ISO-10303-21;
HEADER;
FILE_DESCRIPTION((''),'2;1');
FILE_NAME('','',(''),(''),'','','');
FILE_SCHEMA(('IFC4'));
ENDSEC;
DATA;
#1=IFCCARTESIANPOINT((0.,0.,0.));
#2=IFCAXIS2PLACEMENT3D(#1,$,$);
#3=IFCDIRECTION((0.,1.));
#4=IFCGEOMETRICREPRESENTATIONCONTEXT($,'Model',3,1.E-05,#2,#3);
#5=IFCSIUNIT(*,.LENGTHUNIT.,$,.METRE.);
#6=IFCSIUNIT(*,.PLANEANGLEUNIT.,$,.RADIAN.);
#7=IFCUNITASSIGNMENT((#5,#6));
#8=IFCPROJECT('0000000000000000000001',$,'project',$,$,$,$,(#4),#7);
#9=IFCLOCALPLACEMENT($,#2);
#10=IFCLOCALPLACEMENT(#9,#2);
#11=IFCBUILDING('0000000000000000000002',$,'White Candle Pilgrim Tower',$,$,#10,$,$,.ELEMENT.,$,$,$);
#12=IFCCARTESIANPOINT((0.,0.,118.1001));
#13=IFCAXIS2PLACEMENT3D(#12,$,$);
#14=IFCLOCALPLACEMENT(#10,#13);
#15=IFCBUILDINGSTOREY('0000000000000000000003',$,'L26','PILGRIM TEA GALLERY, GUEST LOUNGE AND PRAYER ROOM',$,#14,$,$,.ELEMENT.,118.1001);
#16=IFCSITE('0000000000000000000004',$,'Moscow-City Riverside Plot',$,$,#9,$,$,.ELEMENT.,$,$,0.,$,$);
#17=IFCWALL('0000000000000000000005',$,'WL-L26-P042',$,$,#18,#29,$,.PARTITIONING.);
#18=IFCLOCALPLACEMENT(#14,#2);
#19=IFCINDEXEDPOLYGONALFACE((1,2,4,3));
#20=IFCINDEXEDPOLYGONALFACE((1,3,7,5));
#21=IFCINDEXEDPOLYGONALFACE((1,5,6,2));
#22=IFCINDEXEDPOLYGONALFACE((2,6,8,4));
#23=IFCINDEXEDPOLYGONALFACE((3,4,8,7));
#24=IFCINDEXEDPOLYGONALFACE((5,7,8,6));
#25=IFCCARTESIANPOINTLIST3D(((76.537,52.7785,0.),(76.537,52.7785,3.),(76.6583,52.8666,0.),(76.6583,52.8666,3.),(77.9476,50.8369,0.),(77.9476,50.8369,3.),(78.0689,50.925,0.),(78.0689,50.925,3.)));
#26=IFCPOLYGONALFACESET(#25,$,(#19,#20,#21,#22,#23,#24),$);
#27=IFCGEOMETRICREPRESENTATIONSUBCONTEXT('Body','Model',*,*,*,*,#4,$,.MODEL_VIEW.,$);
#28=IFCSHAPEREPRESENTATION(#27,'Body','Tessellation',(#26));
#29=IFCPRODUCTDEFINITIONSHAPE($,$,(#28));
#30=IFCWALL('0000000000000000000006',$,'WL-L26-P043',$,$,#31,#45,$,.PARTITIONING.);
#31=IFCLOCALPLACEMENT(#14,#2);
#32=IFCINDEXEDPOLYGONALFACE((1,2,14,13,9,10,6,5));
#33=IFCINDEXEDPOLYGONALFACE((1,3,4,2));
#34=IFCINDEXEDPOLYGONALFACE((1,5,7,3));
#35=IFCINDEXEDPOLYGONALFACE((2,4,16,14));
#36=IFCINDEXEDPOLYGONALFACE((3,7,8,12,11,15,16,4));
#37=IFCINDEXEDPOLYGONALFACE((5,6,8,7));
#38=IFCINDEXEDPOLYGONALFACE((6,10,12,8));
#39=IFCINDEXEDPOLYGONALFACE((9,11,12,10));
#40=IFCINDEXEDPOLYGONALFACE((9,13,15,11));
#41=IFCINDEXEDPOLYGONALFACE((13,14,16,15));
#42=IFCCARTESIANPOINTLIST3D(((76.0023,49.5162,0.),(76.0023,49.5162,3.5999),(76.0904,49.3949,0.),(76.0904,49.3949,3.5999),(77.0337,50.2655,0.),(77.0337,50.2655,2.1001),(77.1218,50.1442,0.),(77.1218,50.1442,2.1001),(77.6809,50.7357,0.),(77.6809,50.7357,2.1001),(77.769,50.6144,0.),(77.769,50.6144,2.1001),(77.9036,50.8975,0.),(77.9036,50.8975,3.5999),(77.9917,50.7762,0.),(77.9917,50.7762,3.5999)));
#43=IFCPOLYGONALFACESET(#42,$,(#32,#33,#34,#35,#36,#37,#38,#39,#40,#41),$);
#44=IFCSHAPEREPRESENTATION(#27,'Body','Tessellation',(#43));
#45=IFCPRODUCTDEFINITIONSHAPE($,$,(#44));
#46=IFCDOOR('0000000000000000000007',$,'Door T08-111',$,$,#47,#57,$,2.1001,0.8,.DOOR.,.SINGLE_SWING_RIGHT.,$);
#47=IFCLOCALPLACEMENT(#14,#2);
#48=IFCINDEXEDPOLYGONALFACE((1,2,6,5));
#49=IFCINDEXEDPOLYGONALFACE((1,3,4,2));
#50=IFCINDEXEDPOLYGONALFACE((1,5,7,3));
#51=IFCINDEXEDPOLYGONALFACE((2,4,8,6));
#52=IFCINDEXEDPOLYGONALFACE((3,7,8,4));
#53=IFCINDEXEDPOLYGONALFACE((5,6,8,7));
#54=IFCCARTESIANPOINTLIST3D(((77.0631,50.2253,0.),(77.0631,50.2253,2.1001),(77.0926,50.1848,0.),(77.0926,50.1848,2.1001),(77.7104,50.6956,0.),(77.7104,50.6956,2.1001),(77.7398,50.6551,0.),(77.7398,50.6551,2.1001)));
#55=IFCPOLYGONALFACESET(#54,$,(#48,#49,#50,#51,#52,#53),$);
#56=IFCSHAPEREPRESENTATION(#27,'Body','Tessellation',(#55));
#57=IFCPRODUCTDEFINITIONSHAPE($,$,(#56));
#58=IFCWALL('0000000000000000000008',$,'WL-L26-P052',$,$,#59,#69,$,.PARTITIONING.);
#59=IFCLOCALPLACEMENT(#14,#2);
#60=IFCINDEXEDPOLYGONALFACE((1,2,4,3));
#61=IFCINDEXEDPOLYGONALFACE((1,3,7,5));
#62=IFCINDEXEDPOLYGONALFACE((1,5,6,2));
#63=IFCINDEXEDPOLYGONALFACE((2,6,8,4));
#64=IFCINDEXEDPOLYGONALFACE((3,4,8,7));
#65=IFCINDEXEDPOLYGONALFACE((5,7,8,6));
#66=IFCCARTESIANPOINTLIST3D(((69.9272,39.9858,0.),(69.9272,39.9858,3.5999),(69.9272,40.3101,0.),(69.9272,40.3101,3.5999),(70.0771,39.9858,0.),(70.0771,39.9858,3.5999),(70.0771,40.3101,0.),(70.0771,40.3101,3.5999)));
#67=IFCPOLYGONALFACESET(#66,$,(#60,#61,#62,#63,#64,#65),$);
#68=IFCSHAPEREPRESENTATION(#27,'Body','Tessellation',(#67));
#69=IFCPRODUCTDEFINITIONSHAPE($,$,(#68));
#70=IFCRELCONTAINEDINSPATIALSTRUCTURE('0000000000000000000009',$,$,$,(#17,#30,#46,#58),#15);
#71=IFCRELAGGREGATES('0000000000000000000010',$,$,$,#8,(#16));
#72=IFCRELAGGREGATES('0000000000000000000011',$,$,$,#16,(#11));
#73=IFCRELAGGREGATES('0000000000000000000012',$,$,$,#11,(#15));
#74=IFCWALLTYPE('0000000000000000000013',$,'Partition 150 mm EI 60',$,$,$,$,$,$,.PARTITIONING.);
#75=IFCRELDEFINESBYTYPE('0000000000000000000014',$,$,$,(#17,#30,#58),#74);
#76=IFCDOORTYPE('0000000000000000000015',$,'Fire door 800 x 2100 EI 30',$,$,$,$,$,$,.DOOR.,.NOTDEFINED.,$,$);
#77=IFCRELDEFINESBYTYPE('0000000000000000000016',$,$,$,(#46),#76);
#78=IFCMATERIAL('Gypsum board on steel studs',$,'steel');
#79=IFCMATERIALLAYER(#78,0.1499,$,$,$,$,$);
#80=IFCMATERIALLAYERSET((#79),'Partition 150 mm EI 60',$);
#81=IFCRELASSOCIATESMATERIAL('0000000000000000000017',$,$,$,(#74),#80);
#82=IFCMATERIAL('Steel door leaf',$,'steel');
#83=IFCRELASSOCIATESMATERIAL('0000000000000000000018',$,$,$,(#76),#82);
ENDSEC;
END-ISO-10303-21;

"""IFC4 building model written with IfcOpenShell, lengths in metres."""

from ifc_helpers import new_model, si_unit, direction, frame, frame_2d, origin, place, context, subcontext, project, spatial, rectangle, extrude, material, layer, layer_set, type_object, element, fill, save


model = new_model("IFC4")

# Units and contexts
model_context = context("Model", 3, precision=1e-05, world=origin(), true_north=direction((0.0, 1.0)))
body_context = subcontext(model_context, "Body", "Model", "MODEL_VIEW")
ifc_project = project(units=[si_unit("LENGTHUNIT", "METRE"), si_unit("PLANEANGLEUNIT", "RADIAN")], contexts=[model_context])

# Site, building, storey
site_placement = place(None, origin())
site = spatial("IfcSite", under=ifc_project, at=site_placement, Name="Moscow-City Riverside Plot", CompositionType="ELEMENT", RefElevation=0.0)
building_placement = place(site_placement, origin())
building = spatial("IfcBuilding", under=site, at=building_placement, Name="White Candle Pilgrim Tower", CompositionType="ELEMENT")
storey_placement = place(building_placement, frame((0.0, 0.0, 118.1001)))
storey = spatial("IfcBuildingStorey", under=building, at=storey_placement, Name="L26", Description="PILGRIM TEA GALLERY, GUEST LOUNGE AND PRAYER ROOM", CompositionType="ELEMENT", Elevation=118.1001)

# Shared definitions
ifc_material_1 = material(Name="Gypsum board on steel studs", Category="steel")
ifc_material_2 = material(Name="Steel door leaf", Category="steel")

# Wall
ifc_layer_1 = layer(ifc_material_1, 0.1499)
ifc_layer_set_1 = layer_set([ifc_layer_1], Name="Partition 150 mm EI 60")
wall_type_1 = type_object("IfcWallType", Name="Partition 150 mm EI 60", PredefinedType="PARTITIONING", material=ifc_layer_set_1)
wall_1_placement = place(storey_placement, frame((76.5977, 52.8225, 0.0), z_axis=(0.0, 0.0, 1.0), x_axis=(0.587772, -0.809026, 0.0)))
element("IfcWall", 1, at=wall_1_placement, inside=storey, type_object=wall_type_1, Name="WL-L26-P042", PredefinedType="PARTITIONING", context=body_context, shape_type="SweptSolid", body=[
    extrude(rectangle(XDim=2.3999, YDim=0.1499, at=frame_2d((1.2, 0.0))), origin(), (0.0, 0.0, 1.0), 3.0),
])

# Wall, opening, door
wall_2_placement = place(storey_placement, frame((76.0464, 49.4556, 0.0), z_axis=(0.0, 0.0, 1.0), x_axis=(0.809032, 0.587764, 0.0)))
wall_2 = element("IfcWall", 2, at=wall_2_placement, inside=storey, type_object=wall_type_1, Name="WL-L26-P043", PredefinedType="PARTITIONING", context=body_context, shape_type="SweptSolid", body=[
    extrude(rectangle(XDim=2.3501, YDim=0.1499, at=frame_2d((1.175, 0.0))), origin(), (0.0, 0.0, 1.0), 3.5999),
])
opening_1_placement = place(wall_2_placement, frame((1.2749, 0.0, 0.0)))
opening_1 = element("IfcOpeningElement", 3, at=opening_1_placement, cuts=wall_2, PredefinedType="OPENING", context=body_context, shape_type="SweptSolid", body=[
    extrude(rectangle(XDim=0.8, YDim=2.1001, at=frame_2d((0.3999, 1.05))), frame((0.0, 0.085, 0.0), z_axis=(0.0, -1.0, 0.0), x_axis=(1.0, 0.0, 0.0)), (0.0, 0.0, 1.0), 0.1699),
])
door_type_1 = type_object("IfcDoorType", Name="Fire door 800 x 2100 EI 30", OperationType="NOTDEFINED", PredefinedType="DOOR", material=ifc_material_2)
door_1_placement = place(opening_1_placement, frame((0.8, 0.0, 0.0), z_axis=(0.0, 0.0, 1.0), x_axis=(-1.0, 0.0, 0.0)))
door_1 = element("IfcDoor", 4, at=door_1_placement, inside=storey, type_object=door_type_1, Name="Door T08-111", OperationType="SINGLE_SWING_RIGHT", OverallHeight=2.1001, OverallWidth=0.8, PredefinedType="DOOR", context=body_context, shape_type="SweptSolid", body=[
    extrude(rectangle(XDim=0.8, YDim=2.1001, at=frame_2d((0.3999, 1.05))), frame((0.0, 0.0249, 0.0), z_axis=(0.0, -1.0, 0.0), x_axis=(1.0, 0.0, 0.0)), (0.0, 0.0, 1.0), 0.05),
])
fill(opening_1, door_1)

# Wall
wall_3_placement = place(storey_placement, frame((70.0022, 40.3101, 0.0), z_axis=(0.0, 0.0, 1.0), x_axis=(0.0, -1.0, 0.0)))
element("IfcWall", 5, at=wall_3_placement, inside=storey, type_object=wall_type_1, Name="WL-L26-P052", PredefinedType="PARTITIONING", context=body_context, shape_type="SweptSolid", body=[
    extrude(rectangle(XDim=0.3242, YDim=0.1499, at=frame_2d((0.1621, 0.0))), origin(), (0.0, 0.0, 1.0), 3.5999),
])

save(model, "model.ifc")
